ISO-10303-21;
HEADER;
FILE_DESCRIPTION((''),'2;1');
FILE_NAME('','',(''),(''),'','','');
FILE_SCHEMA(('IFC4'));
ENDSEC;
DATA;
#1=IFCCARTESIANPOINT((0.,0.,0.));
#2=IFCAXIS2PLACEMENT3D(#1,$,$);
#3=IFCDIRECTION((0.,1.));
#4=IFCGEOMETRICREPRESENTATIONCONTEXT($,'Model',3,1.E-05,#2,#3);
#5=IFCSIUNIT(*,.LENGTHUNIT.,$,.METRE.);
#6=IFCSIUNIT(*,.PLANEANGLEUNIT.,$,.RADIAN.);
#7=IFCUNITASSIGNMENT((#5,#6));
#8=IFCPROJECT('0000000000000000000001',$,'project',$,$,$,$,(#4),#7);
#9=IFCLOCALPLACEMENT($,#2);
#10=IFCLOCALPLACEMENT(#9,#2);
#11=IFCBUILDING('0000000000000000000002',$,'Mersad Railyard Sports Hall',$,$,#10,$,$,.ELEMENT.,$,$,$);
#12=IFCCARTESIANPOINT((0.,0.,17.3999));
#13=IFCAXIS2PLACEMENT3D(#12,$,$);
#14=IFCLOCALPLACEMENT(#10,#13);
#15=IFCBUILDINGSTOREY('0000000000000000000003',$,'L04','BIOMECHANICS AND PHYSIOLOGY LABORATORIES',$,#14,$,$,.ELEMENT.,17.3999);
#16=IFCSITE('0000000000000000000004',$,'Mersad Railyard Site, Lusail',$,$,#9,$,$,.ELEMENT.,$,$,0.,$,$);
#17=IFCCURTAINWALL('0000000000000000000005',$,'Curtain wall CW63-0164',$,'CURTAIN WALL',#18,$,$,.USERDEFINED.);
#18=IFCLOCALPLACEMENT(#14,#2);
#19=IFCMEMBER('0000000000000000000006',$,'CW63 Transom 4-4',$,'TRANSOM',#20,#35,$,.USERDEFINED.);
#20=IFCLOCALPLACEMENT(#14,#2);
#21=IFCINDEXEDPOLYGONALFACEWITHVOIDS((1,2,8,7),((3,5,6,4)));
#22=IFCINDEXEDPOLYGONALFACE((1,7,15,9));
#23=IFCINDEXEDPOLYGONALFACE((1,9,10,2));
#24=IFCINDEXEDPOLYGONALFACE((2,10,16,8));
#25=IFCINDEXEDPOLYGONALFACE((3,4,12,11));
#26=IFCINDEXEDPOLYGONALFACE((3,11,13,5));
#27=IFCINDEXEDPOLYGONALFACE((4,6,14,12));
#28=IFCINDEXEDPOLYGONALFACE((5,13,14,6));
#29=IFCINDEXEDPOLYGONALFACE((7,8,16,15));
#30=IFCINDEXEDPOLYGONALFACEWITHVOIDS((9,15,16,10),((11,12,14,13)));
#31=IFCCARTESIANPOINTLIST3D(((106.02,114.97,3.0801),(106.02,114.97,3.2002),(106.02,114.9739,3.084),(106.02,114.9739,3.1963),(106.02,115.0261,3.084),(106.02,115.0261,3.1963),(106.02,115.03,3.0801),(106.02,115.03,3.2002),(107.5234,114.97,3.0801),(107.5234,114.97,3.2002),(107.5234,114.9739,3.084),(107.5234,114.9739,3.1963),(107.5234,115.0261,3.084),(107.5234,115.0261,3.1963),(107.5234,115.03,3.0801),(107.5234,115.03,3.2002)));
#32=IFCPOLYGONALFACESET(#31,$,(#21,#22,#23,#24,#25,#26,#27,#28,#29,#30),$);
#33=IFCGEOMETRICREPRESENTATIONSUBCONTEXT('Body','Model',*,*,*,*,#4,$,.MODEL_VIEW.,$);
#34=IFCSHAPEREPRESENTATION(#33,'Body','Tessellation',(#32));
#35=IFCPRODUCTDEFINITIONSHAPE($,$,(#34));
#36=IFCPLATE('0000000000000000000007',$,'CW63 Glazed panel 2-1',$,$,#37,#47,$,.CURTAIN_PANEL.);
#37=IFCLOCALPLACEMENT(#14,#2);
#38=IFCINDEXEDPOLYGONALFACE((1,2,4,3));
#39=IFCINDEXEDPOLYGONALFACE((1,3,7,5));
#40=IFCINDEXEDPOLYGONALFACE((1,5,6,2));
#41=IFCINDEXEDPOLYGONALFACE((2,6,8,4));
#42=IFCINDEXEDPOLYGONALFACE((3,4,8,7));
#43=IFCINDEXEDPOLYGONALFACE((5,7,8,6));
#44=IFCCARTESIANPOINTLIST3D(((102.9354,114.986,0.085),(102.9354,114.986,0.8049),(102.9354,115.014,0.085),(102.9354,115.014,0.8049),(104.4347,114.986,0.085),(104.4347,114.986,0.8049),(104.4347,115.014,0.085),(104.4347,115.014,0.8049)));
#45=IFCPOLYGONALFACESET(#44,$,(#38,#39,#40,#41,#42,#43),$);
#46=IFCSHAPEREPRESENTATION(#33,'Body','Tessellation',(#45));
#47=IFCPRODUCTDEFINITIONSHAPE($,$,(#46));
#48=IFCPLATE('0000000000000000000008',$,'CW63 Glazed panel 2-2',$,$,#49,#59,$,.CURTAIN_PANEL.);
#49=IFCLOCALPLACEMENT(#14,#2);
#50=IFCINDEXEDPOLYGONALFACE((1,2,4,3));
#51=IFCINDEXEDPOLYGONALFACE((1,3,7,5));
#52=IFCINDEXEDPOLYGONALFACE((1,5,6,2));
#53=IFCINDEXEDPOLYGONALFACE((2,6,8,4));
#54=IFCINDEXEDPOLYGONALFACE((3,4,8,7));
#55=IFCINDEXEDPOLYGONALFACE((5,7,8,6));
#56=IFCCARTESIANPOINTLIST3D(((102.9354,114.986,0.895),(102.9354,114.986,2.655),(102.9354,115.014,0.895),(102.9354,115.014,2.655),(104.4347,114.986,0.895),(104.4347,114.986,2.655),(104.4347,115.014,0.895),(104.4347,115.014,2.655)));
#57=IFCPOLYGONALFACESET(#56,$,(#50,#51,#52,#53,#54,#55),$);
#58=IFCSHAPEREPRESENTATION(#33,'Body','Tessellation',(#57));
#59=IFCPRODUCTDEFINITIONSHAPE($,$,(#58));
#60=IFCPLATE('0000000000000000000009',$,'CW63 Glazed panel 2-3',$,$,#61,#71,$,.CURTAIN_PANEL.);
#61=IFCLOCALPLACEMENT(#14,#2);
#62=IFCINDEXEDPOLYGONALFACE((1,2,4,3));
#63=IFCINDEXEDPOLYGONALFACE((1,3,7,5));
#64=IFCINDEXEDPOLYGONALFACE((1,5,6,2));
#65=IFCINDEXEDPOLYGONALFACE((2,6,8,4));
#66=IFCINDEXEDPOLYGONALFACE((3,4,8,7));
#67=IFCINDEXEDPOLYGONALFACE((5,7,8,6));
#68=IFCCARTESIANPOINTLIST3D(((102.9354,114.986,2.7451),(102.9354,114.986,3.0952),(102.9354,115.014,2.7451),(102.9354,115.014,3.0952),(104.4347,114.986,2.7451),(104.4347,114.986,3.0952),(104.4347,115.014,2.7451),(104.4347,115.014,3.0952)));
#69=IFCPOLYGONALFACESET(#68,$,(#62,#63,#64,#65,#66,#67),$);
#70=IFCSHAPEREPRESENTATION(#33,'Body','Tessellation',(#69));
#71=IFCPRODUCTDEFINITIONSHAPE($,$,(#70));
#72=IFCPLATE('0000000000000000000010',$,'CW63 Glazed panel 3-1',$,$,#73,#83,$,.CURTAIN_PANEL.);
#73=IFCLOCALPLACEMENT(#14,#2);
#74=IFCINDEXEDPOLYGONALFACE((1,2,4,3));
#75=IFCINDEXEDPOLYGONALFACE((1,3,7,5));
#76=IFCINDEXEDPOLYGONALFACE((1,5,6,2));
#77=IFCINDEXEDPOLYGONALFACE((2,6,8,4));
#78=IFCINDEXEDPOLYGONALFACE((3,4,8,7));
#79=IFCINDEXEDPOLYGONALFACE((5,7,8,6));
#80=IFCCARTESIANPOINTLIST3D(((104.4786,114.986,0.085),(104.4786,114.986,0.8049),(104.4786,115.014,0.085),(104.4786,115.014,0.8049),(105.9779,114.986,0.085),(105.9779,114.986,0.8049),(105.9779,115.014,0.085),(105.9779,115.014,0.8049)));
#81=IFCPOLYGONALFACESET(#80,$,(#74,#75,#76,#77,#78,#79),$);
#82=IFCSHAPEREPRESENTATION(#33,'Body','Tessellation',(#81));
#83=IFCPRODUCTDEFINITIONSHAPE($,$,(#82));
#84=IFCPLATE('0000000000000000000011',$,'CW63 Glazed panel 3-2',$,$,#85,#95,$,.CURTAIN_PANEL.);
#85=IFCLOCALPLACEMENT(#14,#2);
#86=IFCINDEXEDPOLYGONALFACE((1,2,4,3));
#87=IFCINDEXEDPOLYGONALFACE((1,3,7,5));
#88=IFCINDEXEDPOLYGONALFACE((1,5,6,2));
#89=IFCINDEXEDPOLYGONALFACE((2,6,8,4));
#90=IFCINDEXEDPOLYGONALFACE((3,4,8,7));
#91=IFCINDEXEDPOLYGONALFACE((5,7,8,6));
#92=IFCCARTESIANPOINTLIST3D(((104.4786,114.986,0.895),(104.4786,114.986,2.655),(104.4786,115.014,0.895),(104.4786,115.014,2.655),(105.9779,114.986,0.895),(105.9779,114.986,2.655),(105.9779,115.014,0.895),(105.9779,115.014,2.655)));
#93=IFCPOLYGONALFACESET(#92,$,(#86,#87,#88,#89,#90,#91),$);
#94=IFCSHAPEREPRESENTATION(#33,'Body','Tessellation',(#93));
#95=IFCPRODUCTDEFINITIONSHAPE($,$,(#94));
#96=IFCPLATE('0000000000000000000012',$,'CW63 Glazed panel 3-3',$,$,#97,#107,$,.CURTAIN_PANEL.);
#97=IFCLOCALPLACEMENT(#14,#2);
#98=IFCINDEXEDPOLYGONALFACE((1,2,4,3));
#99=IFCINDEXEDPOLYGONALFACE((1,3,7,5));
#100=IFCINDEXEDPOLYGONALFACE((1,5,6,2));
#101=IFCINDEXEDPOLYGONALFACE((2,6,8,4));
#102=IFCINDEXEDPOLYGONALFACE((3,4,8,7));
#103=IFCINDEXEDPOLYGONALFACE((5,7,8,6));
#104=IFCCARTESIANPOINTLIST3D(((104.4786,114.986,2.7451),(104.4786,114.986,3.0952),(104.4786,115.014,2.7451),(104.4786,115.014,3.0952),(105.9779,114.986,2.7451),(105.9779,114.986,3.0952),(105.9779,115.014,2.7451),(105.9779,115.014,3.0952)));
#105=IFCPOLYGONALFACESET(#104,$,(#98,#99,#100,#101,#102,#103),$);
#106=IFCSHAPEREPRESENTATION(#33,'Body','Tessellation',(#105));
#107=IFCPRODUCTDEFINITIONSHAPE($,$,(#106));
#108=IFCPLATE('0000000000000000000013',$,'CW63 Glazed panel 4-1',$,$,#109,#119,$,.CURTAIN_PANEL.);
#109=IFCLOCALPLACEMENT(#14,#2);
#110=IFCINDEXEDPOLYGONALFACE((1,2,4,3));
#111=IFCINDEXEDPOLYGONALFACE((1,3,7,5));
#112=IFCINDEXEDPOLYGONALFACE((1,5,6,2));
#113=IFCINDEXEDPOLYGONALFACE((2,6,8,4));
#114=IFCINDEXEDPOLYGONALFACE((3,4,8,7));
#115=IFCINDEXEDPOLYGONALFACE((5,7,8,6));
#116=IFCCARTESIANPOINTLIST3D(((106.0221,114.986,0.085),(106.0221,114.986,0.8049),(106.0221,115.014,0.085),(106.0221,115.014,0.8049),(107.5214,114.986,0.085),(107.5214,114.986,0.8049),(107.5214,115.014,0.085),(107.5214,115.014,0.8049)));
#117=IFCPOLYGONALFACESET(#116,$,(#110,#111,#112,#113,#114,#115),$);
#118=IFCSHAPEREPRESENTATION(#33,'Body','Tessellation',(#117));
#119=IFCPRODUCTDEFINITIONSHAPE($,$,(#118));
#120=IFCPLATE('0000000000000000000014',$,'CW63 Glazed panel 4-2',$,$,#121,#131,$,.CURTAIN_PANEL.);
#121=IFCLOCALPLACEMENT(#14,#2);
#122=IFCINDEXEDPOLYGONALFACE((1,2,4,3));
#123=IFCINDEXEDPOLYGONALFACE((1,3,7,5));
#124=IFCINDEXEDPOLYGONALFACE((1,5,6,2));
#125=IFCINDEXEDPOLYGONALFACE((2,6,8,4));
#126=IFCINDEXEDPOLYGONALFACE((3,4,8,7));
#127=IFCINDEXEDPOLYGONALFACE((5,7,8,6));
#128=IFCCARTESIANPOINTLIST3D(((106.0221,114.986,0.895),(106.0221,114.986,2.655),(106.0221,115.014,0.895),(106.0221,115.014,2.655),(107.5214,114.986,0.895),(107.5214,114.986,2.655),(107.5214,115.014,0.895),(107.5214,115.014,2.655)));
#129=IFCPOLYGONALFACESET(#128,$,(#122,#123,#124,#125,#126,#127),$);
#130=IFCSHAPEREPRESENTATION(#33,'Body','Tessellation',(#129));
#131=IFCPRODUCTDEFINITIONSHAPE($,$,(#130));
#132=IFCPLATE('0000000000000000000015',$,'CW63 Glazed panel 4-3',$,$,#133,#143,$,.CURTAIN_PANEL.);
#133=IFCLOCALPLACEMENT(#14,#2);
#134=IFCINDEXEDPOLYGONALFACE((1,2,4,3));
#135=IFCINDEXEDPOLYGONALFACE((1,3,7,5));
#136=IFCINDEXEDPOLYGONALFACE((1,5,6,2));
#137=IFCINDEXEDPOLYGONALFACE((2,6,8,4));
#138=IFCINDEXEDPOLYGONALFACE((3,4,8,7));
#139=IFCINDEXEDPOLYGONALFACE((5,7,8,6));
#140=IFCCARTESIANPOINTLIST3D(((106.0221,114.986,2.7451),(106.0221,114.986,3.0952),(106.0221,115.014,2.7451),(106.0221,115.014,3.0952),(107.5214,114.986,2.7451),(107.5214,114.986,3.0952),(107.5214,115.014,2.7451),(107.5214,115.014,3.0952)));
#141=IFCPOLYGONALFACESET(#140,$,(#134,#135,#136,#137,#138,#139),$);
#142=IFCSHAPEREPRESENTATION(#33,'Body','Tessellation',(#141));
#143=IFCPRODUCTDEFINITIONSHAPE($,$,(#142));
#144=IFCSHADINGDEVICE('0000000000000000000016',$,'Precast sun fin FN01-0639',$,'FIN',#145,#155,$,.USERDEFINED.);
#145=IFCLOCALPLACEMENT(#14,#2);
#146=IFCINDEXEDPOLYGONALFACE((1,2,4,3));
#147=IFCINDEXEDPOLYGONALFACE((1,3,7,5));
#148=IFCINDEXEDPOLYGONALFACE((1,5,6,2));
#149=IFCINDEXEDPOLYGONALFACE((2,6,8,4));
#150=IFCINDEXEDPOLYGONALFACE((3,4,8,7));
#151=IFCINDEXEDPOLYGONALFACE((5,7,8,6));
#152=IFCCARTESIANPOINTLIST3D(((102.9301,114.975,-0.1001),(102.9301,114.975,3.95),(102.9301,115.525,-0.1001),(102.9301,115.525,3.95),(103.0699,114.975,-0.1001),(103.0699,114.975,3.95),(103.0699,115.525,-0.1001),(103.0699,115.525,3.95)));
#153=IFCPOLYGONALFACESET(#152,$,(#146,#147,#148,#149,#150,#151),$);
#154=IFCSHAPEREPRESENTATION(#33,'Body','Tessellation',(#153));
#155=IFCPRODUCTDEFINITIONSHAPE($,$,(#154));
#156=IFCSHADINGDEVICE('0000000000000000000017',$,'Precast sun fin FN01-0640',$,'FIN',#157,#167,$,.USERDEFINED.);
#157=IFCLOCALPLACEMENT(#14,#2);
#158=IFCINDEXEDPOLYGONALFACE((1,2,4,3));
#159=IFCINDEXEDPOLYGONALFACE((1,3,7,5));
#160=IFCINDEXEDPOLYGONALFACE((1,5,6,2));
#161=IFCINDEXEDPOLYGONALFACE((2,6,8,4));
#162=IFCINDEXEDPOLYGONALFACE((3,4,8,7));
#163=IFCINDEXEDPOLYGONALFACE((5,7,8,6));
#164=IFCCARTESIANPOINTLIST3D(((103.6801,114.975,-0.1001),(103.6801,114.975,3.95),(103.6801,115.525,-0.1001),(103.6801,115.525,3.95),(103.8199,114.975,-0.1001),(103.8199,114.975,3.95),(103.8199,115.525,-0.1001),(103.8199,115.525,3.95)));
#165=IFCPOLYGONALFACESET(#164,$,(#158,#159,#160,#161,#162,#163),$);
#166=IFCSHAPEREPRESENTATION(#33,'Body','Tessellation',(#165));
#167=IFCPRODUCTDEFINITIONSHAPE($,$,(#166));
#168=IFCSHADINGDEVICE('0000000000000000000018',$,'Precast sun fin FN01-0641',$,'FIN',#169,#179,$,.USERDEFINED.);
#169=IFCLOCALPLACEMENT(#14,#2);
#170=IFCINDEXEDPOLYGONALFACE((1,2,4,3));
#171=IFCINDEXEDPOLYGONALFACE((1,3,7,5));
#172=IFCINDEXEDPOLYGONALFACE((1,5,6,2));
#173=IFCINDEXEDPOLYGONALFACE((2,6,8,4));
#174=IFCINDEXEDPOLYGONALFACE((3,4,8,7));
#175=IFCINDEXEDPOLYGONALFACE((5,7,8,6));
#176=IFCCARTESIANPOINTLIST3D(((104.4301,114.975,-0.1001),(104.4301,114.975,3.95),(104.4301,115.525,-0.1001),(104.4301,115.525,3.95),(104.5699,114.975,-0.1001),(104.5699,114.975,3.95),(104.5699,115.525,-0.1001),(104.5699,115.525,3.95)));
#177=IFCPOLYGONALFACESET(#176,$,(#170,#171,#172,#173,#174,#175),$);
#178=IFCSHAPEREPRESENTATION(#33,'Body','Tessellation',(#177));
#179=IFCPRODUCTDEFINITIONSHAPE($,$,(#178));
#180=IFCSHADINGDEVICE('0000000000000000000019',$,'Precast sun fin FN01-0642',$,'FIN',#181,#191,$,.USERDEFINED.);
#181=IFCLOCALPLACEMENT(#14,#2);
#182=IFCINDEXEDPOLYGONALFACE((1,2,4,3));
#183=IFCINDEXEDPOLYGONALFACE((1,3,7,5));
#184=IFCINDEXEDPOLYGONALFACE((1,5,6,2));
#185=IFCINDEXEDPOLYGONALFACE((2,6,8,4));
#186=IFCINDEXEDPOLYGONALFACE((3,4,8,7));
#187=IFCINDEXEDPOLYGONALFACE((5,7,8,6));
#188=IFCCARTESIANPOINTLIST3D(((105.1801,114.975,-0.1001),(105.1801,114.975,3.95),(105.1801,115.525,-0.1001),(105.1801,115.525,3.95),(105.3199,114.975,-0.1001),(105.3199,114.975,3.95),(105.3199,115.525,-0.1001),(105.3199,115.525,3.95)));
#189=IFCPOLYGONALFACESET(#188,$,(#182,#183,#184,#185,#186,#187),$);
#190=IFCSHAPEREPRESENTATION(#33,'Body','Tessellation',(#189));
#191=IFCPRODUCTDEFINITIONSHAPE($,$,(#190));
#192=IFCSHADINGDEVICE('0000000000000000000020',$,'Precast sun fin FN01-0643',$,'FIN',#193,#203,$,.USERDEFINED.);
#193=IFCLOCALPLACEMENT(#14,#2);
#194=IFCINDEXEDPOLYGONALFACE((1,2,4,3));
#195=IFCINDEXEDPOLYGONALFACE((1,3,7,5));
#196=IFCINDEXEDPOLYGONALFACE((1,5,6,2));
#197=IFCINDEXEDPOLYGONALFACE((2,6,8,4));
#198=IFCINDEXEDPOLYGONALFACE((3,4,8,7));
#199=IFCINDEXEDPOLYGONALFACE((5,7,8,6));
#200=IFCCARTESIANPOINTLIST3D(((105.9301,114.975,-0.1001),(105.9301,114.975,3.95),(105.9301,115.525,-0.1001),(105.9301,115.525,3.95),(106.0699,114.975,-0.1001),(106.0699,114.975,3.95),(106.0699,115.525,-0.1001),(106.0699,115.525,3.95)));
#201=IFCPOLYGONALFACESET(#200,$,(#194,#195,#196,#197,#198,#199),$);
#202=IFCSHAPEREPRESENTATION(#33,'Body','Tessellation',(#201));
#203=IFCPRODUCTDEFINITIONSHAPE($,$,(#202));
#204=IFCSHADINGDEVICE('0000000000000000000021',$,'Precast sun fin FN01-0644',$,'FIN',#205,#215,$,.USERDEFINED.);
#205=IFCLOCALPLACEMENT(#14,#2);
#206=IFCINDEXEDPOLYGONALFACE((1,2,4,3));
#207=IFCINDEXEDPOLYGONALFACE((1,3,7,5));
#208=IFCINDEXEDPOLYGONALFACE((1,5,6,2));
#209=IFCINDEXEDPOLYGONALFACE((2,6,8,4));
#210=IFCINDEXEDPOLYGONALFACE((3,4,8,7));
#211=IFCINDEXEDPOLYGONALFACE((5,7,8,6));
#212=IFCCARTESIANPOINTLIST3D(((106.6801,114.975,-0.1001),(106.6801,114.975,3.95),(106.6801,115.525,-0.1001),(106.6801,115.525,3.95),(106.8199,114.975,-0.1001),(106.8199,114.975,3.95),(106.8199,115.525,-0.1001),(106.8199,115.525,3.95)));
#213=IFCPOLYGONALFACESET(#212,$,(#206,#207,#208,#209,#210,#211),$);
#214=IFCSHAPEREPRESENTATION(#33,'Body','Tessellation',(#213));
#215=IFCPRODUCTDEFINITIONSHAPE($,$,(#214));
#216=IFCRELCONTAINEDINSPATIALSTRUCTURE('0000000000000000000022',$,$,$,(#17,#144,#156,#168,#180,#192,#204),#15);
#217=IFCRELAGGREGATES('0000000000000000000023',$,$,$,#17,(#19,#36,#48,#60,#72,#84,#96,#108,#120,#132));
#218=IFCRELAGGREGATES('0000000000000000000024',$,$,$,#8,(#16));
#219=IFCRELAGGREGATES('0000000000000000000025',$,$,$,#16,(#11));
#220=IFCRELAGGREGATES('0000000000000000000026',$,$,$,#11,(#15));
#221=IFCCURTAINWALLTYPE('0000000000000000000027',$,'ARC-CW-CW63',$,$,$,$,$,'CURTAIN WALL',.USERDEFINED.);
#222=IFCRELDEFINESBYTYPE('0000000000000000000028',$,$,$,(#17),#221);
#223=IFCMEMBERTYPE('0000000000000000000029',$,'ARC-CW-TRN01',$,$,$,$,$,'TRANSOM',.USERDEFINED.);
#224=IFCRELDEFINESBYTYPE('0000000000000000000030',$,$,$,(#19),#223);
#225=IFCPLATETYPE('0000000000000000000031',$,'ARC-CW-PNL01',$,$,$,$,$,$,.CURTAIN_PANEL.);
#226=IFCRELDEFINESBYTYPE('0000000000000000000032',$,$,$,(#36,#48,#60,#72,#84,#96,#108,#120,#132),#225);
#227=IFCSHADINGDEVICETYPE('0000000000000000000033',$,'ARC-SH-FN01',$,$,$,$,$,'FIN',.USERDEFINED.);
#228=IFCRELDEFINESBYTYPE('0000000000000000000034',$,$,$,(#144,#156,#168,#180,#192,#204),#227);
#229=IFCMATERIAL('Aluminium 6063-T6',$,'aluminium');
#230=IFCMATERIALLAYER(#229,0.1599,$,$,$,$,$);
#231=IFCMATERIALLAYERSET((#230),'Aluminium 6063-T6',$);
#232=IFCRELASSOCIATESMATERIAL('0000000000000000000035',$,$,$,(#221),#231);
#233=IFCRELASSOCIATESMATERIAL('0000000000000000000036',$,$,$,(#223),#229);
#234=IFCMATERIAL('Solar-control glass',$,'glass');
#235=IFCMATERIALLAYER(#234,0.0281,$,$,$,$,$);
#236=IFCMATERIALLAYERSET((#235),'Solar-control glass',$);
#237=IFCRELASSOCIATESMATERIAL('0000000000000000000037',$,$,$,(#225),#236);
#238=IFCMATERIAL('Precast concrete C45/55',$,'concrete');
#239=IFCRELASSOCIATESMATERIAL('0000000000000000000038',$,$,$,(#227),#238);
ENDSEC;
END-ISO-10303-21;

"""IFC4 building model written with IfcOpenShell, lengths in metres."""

from ifc_helpers import new_model, si_unit, direction, frame, origin, origin_2d, place, context, subcontext, project, spatial, rectangle, hollow_rectangle, extrude, material, layer, layer_set, material_profile, profile_set, type_object, element, aggregate, save


model = new_model("IFC4")

# Units and contexts
model_context = context("Model", 3, precision=1e-05, world=origin(), true_north=direction((0.0, 1.0)))
body_context = subcontext(model_context, "Body", "Model", "MODEL_VIEW")
ifc_project = project(units=[si_unit("LENGTHUNIT", "METRE"), si_unit("PLANEANGLEUNIT", "RADIAN")], contexts=[model_context])

# Site, building, storey
site_placement = place(None, origin())
site = spatial("IfcSite", under=ifc_project, at=site_placement, Name="Mersad Railyard Site, Lusail", CompositionType="ELEMENT", RefElevation=0.0)
building_placement = place(site_placement, origin())
building = spatial("IfcBuilding", under=site, at=building_placement, Name="Mersad Railyard Sports Hall", CompositionType="ELEMENT")
storey_placement = place(building_placement, frame((0.0, 0.0, 17.3999)))
storey = spatial("IfcBuildingStorey", under=building, at=storey_placement, Name="L04", Description="BIOMECHANICS AND PHYSIOLOGY LABORATORIES", CompositionType="ELEMENT", Elevation=17.3999)

# Curtain wall, member, plates
ifc_material_1 = material(Name="Aluminium 6063-T6", Category="aluminium")
ifc_layer_1 = layer(ifc_material_1, 0.1599)
ifc_layer_set_1 = layer_set([ifc_layer_1], Name="Aluminium 6063-T6")
curtain_wall_type = type_object("IfcCurtainWallType", Name="ARC-CW-CW63", ElementType="CURTAIN WALL", PredefinedType="USERDEFINED", material=ifc_layer_set_1)
curtain_wall_placement = place(storey_placement, origin())
curtain_wall = element("IfcCurtainWall", 1, at=curtain_wall_placement, inside=storey, type_object=curtain_wall_type, Name="Curtain wall CW63-0164", ObjectType="CURTAIN WALL", PredefinedType="USERDEFINED")
ifc_material_profile_1 = material_profile(ifc_material_1, hollow_rectangle(XDim=0.0601, YDim=0.1201, WallThickness=0.0039, at=origin_2d()), Name="AL TRANSOM 60x120x4")
ifc_profile_set_1 = profile_set([ifc_material_profile_1], Name="Aluminium 6063-T6")
member_type_1 = type_object("IfcMemberType", Name="ARC-CW-TRN01", ElementType="TRANSOM", PredefinedType="USERDEFINED", material=ifc_profile_set_1)
member_1_placement = place(storey_placement, frame((106.02, 115.0, 3.1401), z_axis=(1.0, 0.0, 0.0), x_axis=(0.0, 1.0, 0.0)))
member_1 = element("IfcMember", 2, at=member_1_placement, type_object=member_type_1, Name="CW63 Transom 4-4", ObjectType="TRANSOM", PredefinedType="USERDEFINED", context=body_context, shape_type="SweptSolid", body=[
    extrude(hollow_rectangle(XDim=0.0601, YDim=0.1201, WallThickness=0.0039, at=origin_2d()), origin(), (0.0, 0.0, 1.0), 1.5034),
])
ifc_material_2 = material(Name="Solar-control glass", Category="glass")
ifc_layer_2 = layer(ifc_material_2, 0.0281)
ifc_layer_set_2 = layer_set([ifc_layer_2], Name="Solar-control glass")
plate_type = type_object("IfcPlateType", Name="ARC-CW-PNL01", PredefinedType="CURTAIN_PANEL", material=ifc_layer_set_2)
plate_1_placement = place(storey_placement, frame((103.6851, 115.0, 0.085), z_axis=(0.0, 0.0, 1.0), x_axis=(1.0, 0.0, 0.0)))
plate_1 = element("IfcPlate", 3, at=plate_1_placement, type_object=plate_type, Name="CW63 Glazed panel 2-1", PredefinedType="CURTAIN_PANEL", context=body_context, shape_type="SweptSolid", body=[
    extrude(rectangle(XDim=1.4993, YDim=0.0281, at=origin_2d()), origin(), (0.0, 0.0, 1.0), 0.72),
])
plate_2_placement = place(storey_placement, frame((103.6851, 115.0, 0.895), z_axis=(0.0, 0.0, 1.0), x_axis=(1.0, 0.0, 0.0)))
plate_2 = element("IfcPlate", 4, at=plate_2_placement, type_object=plate_type, Name="CW63 Glazed panel 2-2", PredefinedType="CURTAIN_PANEL", context=body_context, shape_type="SweptSolid", body=[
    extrude(rectangle(XDim=1.4993, YDim=0.0281, at=origin_2d()), origin(), (0.0, 0.0, 1.0), 1.76),
])
plate_3_placement = place(storey_placement, frame((103.6851, 115.0, 2.7451), z_axis=(0.0, 0.0, 1.0), x_axis=(1.0, 0.0, 0.0)))
plate_3 = element("IfcPlate", 5, at=plate_3_placement, type_object=plate_type, Name="CW63 Glazed panel 2-3", PredefinedType="CURTAIN_PANEL", context=body_context, shape_type="SweptSolid", body=[
    extrude(rectangle(XDim=1.4993, YDim=0.0281, at=origin_2d()), origin(), (0.0, 0.0, 1.0), 0.3501),
])
plate_4_placement = place(storey_placement, frame((105.2283, 115.0, 0.085), z_axis=(0.0, 0.0, 1.0), x_axis=(1.0, 0.0, 0.0)))
plate_4 = element("IfcPlate", 6, at=plate_4_placement, type_object=plate_type, Name="CW63 Glazed panel 3-1", PredefinedType="CURTAIN_PANEL", context=body_context, shape_type="SweptSolid", body=[
    extrude(rectangle(XDim=1.4993, YDim=0.0281, at=origin_2d()), origin(), (0.0, 0.0, 1.0), 0.72),
])
plate_5_placement = place(storey_placement, frame((105.2283, 115.0, 0.895), z_axis=(0.0, 0.0, 1.0), x_axis=(1.0, 0.0, 0.0)))
plate_5 = element("IfcPlate", 7, at=plate_5_placement, type_object=plate_type, Name="CW63 Glazed panel 3-2", PredefinedType="CURTAIN_PANEL", context=body_context, shape_type="SweptSolid", body=[
    extrude(rectangle(XDim=1.4993, YDim=0.0281, at=origin_2d()), origin(), (0.0, 0.0, 1.0), 1.76),
])
plate_6_placement = place(storey_placement, frame((105.2283, 115.0, 2.7451), z_axis=(0.0, 0.0, 1.0), x_axis=(1.0, 0.0, 0.0)))
plate_6 = element("IfcPlate", 8, at=plate_6_placement, type_object=plate_type, Name="CW63 Glazed panel 3-3", PredefinedType="CURTAIN_PANEL", context=body_context, shape_type="SweptSolid", body=[
    extrude(rectangle(XDim=1.4993, YDim=0.0281, at=origin_2d()), origin(), (0.0, 0.0, 1.0), 0.3501),
])
plate_7_placement = place(storey_placement, frame((106.7717, 115.0, 0.085), z_axis=(0.0, 0.0, 1.0), x_axis=(1.0, 0.0, 0.0)))
plate_7 = element("IfcPlate", 9, at=plate_7_placement, type_object=plate_type, Name="CW63 Glazed panel 4-1", PredefinedType="CURTAIN_PANEL", context=body_context, shape_type="SweptSolid", body=[
    extrude(rectangle(XDim=1.4993, YDim=0.0281, at=origin_2d()), origin(), (0.0, 0.0, 1.0), 0.72),
])
plate_8_placement = place(storey_placement, frame((106.7717, 115.0, 0.895), z_axis=(0.0, 0.0, 1.0), x_axis=(1.0, 0.0, 0.0)))
plate_8 = element("IfcPlate", 10, at=plate_8_placement, type_object=plate_type, Name="CW63 Glazed panel 4-2", PredefinedType="CURTAIN_PANEL", context=body_context, shape_type="SweptSolid", body=[
    extrude(rectangle(XDim=1.4993, YDim=0.0281, at=origin_2d()), origin(), (0.0, 0.0, 1.0), 1.76),
])
plate_9_placement = place(storey_placement, frame((106.7717, 115.0, 2.7451), z_axis=(0.0, 0.0, 1.0), x_axis=(1.0, 0.0, 0.0)))
plate_9 = element("IfcPlate", 11, at=plate_9_placement, type_object=plate_type, Name="CW63 Glazed panel 4-3", PredefinedType="CURTAIN_PANEL", context=body_context, shape_type="SweptSolid", body=[
    extrude(rectangle(XDim=1.4993, YDim=0.0281, at=origin_2d()), origin(), (0.0, 0.0, 1.0), 0.3501),
])
aggregate(curtain_wall, [member_1, plate_1, plate_2, plate_3, plate_4, plate_5, plate_6, plate_7, plate_8, plate_9])

# Shading devices
ifc_material_3 = material(Name="Precast concrete C45/55", Category="concrete")
shading_device_type = type_object("IfcShadingDeviceType", Name="ARC-SH-FN01", ElementType="FIN", PredefinedType="USERDEFINED", material=ifc_material_3)
for number, where, z_axis, x_axis, name in (
    (12, (103.0, 115.25, -0.1001), (0.0, 0.0, 1.0), (1.0, 0.0, 0.0), "Precast sun fin FN01-0639"),
    (13, (103.75, 115.25, -0.1001), (0.0, 0.0, 1.0), (1.0, 0.0, 0.0), "Precast sun fin FN01-0640"),
    (14, (104.5, 115.25, -0.1001), (0.0, 0.0, 1.0), (1.0, 0.0, 0.0), "Precast sun fin FN01-0641"),
    (15, (105.25, 115.25, -0.1001), (0.0, 0.0, 1.0), (1.0, 0.0, 0.0), "Precast sun fin FN01-0642"),
    (16, (106.0, 115.25, -0.1001), (0.0, 0.0, 1.0), (1.0, 0.0, 0.0), "Precast sun fin FN01-0643"),
    (17, (106.75, 115.25, -0.1001), (0.0, 0.0, 1.0), (1.0, 0.0, 0.0), "Precast sun fin FN01-0644"),
):
    element("IfcShadingDevice", number, at=place(storey_placement, frame(where, z_axis=z_axis, x_axis=x_axis)), inside=storey, type_object=shading_device_type, Name=name, ObjectType="FIN", PredefinedType="USERDEFINED", context=body_context, shape_type="SweptSolid", body=[
        extrude(rectangle(XDim=0.1399, YDim=0.55, at=origin_2d()), origin(), (0.0, 0.0, 1.0), 4.05),
    ])

save(model, "model.ifc")
